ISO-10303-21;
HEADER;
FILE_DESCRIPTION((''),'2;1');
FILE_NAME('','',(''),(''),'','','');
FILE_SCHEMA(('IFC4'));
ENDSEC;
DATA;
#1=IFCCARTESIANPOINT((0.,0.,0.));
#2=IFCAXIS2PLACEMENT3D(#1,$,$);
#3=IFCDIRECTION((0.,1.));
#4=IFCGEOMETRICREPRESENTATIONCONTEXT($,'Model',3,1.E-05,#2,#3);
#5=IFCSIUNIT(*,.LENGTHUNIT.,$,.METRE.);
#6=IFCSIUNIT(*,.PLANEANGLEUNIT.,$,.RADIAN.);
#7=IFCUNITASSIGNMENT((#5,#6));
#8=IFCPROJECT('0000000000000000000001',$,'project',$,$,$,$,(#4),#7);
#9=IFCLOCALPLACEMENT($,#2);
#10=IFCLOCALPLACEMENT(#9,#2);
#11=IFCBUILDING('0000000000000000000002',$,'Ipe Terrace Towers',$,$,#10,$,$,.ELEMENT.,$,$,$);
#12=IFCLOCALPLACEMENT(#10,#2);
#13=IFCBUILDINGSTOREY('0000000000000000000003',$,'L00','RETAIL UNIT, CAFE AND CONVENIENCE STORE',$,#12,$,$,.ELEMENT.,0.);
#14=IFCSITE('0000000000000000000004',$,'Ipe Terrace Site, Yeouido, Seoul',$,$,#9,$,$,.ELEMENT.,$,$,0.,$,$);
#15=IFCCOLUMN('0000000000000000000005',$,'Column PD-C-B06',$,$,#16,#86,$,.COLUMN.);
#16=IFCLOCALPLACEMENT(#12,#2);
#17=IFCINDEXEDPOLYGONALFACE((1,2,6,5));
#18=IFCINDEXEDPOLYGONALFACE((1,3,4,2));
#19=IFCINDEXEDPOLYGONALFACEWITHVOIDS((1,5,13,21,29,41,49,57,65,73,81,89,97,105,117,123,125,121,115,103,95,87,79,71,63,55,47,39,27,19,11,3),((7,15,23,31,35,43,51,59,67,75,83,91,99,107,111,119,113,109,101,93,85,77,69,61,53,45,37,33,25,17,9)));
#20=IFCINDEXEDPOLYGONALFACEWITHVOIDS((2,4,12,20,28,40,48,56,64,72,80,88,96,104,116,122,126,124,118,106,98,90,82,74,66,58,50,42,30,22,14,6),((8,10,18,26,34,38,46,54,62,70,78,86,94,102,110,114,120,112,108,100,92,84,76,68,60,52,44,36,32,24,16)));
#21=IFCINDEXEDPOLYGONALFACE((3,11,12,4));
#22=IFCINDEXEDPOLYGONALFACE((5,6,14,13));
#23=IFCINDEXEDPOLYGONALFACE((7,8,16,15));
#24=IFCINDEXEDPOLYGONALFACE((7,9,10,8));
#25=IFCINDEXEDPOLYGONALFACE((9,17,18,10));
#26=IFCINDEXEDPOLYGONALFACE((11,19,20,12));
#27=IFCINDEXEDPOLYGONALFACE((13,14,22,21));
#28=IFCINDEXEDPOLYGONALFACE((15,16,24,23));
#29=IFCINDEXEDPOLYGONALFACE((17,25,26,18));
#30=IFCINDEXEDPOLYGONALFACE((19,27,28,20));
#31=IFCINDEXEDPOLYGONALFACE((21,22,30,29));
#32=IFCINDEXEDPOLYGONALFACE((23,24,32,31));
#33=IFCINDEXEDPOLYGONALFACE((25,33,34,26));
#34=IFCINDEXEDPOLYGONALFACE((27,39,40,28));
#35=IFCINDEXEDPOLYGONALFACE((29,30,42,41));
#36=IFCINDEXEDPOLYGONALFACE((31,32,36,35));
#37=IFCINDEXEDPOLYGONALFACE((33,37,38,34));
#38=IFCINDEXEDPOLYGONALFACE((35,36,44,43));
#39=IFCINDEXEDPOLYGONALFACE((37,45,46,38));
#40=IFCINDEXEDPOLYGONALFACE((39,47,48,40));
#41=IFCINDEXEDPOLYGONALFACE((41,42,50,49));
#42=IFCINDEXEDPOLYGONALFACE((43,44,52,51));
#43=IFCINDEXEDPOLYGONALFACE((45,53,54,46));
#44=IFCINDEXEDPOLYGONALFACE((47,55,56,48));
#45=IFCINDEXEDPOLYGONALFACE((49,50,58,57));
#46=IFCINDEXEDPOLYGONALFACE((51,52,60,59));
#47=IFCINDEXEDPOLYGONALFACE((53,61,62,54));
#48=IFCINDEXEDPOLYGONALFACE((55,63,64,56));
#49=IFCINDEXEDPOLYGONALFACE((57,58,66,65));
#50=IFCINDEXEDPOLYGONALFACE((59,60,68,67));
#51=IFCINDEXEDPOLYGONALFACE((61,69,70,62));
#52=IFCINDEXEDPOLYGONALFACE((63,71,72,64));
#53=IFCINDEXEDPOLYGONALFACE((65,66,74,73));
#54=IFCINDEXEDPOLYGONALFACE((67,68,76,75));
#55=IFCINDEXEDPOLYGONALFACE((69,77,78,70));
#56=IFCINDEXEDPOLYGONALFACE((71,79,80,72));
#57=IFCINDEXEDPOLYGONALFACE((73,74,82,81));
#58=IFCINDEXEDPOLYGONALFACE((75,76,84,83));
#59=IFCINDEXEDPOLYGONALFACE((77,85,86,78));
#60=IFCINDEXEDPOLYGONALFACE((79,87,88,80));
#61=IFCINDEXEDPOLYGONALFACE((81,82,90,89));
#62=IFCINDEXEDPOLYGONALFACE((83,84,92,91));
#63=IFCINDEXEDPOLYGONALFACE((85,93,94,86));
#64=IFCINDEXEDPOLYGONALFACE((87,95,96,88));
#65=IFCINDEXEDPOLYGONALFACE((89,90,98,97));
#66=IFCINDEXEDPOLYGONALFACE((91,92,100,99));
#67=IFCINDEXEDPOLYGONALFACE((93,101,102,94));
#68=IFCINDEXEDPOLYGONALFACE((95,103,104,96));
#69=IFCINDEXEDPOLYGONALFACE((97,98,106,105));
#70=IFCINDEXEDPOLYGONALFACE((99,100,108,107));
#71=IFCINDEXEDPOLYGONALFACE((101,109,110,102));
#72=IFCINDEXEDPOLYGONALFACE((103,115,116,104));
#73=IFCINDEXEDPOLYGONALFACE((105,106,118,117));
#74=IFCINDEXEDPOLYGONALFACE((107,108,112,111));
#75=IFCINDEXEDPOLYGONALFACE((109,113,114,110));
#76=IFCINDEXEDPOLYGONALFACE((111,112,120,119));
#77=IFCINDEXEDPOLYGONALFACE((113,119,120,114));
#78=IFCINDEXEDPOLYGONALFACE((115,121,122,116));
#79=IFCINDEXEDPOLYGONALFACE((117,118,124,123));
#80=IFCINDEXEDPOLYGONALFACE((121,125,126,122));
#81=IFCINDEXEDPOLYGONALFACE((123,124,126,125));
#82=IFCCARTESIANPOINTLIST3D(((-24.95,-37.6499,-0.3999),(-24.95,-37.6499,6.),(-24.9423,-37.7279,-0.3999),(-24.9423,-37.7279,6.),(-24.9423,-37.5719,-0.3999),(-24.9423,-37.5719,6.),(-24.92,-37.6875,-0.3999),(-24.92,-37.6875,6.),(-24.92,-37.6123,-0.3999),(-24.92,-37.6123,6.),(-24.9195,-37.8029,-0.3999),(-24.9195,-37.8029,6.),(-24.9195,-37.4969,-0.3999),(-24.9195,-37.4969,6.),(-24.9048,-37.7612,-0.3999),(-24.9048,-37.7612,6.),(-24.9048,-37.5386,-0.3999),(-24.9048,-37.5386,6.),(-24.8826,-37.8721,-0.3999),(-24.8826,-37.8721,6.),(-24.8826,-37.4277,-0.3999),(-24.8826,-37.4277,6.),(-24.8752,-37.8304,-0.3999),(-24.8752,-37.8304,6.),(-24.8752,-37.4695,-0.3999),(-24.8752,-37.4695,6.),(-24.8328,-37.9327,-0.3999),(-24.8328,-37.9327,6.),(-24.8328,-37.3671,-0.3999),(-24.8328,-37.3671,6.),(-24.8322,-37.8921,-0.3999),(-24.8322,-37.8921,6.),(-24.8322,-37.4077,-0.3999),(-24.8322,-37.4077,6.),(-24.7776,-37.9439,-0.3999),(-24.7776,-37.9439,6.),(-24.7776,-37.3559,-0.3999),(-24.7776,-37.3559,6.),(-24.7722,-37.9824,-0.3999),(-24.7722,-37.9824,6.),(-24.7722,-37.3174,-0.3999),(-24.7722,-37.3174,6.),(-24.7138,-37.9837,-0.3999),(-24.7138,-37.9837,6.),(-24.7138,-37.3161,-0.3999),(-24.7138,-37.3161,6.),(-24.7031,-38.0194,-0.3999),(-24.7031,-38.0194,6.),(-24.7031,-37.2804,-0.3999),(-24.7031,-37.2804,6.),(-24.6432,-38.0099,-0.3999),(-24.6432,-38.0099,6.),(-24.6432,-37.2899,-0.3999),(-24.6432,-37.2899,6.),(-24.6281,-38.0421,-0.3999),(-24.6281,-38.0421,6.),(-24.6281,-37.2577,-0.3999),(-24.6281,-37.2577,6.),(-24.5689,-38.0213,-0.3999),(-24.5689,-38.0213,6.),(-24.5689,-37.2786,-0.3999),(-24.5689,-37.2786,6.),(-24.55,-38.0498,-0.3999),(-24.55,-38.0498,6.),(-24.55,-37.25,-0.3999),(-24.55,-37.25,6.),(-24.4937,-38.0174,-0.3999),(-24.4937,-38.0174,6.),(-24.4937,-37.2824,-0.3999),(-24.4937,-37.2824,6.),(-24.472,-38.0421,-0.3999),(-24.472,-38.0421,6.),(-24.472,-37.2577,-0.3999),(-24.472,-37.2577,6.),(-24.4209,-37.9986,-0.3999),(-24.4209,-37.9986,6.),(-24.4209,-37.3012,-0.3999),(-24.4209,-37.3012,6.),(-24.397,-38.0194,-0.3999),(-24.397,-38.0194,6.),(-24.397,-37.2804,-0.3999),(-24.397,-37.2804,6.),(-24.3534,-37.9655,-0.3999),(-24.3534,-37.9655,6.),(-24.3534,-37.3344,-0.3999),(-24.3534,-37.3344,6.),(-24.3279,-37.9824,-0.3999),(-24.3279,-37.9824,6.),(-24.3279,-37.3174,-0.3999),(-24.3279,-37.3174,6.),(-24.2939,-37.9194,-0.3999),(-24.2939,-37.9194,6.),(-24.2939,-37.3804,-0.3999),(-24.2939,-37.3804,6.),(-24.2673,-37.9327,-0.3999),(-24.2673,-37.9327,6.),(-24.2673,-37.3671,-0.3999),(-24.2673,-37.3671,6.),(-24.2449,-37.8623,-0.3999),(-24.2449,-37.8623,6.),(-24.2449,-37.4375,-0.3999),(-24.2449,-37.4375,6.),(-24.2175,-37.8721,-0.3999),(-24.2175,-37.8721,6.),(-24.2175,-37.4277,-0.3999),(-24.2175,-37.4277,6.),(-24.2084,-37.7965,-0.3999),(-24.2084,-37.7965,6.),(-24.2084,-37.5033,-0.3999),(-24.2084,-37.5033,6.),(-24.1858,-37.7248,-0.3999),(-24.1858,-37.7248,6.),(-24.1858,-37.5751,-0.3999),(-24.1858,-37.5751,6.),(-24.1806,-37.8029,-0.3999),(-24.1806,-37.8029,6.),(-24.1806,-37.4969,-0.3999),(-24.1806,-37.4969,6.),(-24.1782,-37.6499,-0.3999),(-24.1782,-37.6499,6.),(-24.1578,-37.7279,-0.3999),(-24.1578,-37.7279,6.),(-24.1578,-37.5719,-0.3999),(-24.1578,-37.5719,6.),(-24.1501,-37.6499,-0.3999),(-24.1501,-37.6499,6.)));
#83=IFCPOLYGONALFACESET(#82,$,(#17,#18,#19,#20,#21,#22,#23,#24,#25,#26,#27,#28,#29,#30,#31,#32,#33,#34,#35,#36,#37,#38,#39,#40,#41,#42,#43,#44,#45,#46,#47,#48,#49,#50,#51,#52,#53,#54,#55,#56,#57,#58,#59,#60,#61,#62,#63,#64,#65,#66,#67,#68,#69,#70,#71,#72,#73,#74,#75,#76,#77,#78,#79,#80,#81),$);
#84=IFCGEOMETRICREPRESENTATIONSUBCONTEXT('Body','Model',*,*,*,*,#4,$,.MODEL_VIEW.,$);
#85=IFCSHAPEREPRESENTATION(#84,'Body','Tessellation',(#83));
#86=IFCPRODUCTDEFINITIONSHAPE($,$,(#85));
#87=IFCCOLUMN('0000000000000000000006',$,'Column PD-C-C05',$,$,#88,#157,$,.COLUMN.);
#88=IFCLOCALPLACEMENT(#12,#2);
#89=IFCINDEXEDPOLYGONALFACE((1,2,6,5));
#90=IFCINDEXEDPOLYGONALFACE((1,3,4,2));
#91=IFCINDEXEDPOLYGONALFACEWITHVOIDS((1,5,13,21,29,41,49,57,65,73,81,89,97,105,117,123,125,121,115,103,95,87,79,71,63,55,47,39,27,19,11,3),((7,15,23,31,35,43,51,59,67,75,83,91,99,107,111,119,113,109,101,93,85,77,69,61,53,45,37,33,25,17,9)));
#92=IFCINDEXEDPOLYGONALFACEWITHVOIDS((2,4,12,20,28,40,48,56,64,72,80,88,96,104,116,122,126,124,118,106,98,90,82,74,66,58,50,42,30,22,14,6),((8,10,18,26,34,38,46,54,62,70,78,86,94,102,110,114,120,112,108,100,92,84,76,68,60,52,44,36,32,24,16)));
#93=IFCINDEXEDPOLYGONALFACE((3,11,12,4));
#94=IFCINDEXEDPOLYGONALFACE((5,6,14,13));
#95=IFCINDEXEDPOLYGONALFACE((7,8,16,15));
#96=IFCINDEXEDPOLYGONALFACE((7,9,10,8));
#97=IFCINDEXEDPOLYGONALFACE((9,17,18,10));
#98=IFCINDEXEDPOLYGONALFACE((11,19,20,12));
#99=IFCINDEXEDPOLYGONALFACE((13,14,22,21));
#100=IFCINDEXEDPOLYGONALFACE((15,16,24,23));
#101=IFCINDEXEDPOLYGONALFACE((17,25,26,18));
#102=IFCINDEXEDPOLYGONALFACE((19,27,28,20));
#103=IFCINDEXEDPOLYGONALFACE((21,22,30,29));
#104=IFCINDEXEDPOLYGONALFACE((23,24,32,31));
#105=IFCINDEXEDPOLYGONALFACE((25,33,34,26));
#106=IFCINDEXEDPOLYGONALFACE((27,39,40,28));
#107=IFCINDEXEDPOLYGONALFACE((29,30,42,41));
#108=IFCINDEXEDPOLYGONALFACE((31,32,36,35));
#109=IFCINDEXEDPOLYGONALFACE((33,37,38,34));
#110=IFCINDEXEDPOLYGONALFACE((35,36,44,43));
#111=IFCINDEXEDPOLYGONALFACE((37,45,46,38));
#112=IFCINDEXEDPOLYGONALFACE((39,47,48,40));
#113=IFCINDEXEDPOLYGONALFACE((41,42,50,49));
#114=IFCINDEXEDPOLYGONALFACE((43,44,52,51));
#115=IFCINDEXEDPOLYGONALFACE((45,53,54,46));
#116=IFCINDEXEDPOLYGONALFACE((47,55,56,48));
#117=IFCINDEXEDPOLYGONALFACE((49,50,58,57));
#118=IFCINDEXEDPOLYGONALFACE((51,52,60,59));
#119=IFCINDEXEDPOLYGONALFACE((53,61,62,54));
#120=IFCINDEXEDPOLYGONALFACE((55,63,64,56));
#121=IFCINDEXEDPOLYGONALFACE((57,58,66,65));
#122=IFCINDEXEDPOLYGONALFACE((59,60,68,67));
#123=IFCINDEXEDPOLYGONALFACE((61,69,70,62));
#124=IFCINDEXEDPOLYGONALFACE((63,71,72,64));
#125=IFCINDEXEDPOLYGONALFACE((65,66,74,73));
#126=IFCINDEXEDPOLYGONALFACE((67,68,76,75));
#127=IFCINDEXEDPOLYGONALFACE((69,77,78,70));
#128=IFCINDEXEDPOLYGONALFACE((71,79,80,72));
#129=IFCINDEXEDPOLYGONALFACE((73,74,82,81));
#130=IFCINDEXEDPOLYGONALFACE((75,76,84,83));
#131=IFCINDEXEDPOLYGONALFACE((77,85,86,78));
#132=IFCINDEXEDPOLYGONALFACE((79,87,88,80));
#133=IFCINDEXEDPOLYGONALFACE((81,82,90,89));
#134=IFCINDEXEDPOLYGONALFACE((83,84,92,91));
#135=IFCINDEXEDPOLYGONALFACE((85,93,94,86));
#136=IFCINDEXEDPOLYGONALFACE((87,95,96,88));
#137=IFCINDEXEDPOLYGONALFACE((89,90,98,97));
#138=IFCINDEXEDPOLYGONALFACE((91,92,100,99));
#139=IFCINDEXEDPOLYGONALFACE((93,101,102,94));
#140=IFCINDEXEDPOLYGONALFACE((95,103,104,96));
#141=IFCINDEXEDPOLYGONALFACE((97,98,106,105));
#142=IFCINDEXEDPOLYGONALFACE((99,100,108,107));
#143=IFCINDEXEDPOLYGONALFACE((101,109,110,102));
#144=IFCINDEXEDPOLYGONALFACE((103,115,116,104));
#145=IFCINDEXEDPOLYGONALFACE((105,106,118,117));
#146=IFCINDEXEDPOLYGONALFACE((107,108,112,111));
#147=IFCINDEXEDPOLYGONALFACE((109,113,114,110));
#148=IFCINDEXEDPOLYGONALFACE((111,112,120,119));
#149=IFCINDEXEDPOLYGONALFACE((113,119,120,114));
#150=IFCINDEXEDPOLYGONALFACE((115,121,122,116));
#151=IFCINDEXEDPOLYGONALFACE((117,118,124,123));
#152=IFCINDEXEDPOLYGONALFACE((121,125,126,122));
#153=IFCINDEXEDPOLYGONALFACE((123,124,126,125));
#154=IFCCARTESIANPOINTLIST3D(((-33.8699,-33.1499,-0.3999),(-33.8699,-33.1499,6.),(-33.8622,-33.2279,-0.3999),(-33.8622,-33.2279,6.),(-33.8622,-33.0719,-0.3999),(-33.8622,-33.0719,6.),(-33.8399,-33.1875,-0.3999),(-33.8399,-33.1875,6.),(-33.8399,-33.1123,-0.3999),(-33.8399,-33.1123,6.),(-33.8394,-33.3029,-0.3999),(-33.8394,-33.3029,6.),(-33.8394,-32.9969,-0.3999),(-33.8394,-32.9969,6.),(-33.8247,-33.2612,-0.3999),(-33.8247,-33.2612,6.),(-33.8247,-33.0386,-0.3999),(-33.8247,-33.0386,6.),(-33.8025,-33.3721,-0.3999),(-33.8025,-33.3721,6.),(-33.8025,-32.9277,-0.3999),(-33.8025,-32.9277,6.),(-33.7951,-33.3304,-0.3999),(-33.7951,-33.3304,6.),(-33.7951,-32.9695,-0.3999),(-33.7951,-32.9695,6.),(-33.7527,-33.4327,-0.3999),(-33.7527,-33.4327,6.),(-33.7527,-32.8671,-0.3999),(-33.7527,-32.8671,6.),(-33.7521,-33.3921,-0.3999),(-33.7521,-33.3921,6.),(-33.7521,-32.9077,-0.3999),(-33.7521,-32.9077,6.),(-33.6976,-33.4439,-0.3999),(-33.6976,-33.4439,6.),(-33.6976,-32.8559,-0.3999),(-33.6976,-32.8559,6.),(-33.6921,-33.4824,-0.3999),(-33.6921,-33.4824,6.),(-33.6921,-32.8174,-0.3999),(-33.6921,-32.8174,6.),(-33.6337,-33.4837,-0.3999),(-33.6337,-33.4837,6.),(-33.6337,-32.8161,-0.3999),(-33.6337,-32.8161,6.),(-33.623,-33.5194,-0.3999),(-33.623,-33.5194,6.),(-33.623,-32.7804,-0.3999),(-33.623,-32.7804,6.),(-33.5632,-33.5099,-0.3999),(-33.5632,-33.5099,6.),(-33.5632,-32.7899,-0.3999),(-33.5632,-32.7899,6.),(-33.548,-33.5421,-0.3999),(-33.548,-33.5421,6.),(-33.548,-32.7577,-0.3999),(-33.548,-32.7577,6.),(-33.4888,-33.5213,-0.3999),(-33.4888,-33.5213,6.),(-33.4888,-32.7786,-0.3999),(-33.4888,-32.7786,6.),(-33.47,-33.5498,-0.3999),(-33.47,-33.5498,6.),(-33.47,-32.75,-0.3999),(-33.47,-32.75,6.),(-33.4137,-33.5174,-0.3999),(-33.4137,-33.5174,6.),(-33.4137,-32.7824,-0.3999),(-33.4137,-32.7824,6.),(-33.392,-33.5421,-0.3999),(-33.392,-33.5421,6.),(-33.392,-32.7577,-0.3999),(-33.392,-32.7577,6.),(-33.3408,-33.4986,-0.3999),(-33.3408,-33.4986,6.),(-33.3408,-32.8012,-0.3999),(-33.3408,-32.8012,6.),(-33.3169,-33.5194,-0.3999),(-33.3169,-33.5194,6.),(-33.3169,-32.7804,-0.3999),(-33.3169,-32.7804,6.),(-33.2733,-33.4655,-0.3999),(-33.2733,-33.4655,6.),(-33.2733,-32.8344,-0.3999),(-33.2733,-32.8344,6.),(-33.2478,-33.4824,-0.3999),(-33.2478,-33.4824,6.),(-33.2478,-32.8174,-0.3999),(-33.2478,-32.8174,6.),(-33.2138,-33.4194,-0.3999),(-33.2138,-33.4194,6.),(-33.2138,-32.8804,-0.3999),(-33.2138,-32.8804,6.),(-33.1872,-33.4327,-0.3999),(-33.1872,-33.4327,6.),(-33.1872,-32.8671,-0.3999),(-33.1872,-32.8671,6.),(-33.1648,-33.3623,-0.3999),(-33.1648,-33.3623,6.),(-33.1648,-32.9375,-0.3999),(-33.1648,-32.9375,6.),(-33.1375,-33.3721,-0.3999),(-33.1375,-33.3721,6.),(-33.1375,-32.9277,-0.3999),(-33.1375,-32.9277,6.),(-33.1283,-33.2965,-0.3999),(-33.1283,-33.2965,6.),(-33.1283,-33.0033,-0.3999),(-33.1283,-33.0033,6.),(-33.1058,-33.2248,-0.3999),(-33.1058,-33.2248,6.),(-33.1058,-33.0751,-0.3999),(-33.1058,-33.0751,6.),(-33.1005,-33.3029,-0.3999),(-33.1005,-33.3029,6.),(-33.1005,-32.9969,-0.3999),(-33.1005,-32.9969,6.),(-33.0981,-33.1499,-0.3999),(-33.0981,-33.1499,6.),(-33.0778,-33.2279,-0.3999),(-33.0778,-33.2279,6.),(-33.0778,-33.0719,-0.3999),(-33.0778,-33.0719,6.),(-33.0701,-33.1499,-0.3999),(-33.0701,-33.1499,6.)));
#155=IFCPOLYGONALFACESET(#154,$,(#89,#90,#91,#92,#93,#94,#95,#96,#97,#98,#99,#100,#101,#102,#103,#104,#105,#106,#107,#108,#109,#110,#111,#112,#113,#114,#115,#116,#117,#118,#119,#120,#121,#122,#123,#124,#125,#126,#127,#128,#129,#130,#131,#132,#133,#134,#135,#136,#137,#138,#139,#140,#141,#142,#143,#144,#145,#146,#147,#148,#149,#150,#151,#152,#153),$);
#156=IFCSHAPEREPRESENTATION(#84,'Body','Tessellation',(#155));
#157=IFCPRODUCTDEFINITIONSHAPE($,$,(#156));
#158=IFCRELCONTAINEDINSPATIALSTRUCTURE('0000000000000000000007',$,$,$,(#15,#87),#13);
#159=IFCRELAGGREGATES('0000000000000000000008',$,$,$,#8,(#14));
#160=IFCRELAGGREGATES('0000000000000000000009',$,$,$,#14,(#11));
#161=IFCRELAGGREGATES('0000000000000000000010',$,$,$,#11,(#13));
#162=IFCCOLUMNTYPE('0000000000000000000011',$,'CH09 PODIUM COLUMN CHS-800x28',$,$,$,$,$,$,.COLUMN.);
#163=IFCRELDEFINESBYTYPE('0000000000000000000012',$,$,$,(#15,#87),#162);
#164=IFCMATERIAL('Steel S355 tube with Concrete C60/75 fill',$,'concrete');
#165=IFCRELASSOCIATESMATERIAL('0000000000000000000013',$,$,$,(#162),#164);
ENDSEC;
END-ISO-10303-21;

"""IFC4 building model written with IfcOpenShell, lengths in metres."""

from ifc_helpers import new_model, si_unit, direction, frame, origin, origin_2d, place, context, subcontext, project, spatial, hollow_circle, extrude, material, material_profile, profile_set, type_object, element, save


model = new_model("IFC4")

# Units and contexts
model_context = context("Model", 3, precision=1e-05, world=origin(), true_north=direction((0.0, 1.0)))
body_context = subcontext(model_context, "Body", "Model", "MODEL_VIEW")
ifc_project = project(units=[si_unit("LENGTHUNIT", "METRE"), si_unit("PLANEANGLEUNIT", "RADIAN")], contexts=[model_context])

# Site, building, storey
site_placement = place(None, origin())
site = spatial("IfcSite", under=ifc_project, at=site_placement, Name="Ipe Terrace Site, Yeouido, Seoul", CompositionType="ELEMENT", RefElevation=0.0)
building_placement = place(site_placement, origin())
building = spatial("IfcBuilding", under=site, at=building_placement, Name="Ipe Terrace Towers", CompositionType="ELEMENT")
storey_placement = place(building_placement, origin())
storey = spatial("IfcBuildingStorey", under=building, at=storey_placement, Name="L00", Description="RETAIL UNIT, CAFE AND CONVENIENCE STORE", CompositionType="ELEMENT", Elevation=0.0)

# Columns
ifc_material_1 = material(Name="Steel S355 tube with Concrete C60/75 fill", Category="concrete")
ifc_material_profile_1 = material_profile(ifc_material_1, hollow_circle(Radius=0.3999, WallThickness=0.0281, at=origin_2d()), Name="CHS-800x28")
ifc_profile_set_1 = profile_set([ifc_material_profile_1], Name="Steel S355 tube with Concrete C60/75 fill")
column_type_1 = type_object("IfcColumnType", Name="CH09 PODIUM COLUMN CHS-800x28", PredefinedType="COLUMN", material=ifc_profile_set_1)
for number, where, z_axis, x_axis, name in (
    (1, (-24.55, -37.6499, -0.3999), (0.0, 0.0, 1.0), (1.0, 0.0, 0.0), "Column PD-C-B06"),
    (2, (-33.47, -33.1499, -0.3999), (0.0, 0.0, 1.0), (1.0, 0.0, 0.0), "Column PD-C-C05"),
):
    element("IfcColumn", number, at=place(storey_placement, frame(where, z_axis=z_axis, x_axis=x_axis)), inside=storey, type_object=column_type_1, Name=name, PredefinedType="COLUMN", context=body_context, shape_type="SweptSolid", body=[
        extrude(hollow_circle(Radius=0.3999, WallThickness=0.0281, at=origin_2d()), origin(), (0.0, 0.0, 1.0), 6.3999),
    ])

save(model, "model.ifc")
